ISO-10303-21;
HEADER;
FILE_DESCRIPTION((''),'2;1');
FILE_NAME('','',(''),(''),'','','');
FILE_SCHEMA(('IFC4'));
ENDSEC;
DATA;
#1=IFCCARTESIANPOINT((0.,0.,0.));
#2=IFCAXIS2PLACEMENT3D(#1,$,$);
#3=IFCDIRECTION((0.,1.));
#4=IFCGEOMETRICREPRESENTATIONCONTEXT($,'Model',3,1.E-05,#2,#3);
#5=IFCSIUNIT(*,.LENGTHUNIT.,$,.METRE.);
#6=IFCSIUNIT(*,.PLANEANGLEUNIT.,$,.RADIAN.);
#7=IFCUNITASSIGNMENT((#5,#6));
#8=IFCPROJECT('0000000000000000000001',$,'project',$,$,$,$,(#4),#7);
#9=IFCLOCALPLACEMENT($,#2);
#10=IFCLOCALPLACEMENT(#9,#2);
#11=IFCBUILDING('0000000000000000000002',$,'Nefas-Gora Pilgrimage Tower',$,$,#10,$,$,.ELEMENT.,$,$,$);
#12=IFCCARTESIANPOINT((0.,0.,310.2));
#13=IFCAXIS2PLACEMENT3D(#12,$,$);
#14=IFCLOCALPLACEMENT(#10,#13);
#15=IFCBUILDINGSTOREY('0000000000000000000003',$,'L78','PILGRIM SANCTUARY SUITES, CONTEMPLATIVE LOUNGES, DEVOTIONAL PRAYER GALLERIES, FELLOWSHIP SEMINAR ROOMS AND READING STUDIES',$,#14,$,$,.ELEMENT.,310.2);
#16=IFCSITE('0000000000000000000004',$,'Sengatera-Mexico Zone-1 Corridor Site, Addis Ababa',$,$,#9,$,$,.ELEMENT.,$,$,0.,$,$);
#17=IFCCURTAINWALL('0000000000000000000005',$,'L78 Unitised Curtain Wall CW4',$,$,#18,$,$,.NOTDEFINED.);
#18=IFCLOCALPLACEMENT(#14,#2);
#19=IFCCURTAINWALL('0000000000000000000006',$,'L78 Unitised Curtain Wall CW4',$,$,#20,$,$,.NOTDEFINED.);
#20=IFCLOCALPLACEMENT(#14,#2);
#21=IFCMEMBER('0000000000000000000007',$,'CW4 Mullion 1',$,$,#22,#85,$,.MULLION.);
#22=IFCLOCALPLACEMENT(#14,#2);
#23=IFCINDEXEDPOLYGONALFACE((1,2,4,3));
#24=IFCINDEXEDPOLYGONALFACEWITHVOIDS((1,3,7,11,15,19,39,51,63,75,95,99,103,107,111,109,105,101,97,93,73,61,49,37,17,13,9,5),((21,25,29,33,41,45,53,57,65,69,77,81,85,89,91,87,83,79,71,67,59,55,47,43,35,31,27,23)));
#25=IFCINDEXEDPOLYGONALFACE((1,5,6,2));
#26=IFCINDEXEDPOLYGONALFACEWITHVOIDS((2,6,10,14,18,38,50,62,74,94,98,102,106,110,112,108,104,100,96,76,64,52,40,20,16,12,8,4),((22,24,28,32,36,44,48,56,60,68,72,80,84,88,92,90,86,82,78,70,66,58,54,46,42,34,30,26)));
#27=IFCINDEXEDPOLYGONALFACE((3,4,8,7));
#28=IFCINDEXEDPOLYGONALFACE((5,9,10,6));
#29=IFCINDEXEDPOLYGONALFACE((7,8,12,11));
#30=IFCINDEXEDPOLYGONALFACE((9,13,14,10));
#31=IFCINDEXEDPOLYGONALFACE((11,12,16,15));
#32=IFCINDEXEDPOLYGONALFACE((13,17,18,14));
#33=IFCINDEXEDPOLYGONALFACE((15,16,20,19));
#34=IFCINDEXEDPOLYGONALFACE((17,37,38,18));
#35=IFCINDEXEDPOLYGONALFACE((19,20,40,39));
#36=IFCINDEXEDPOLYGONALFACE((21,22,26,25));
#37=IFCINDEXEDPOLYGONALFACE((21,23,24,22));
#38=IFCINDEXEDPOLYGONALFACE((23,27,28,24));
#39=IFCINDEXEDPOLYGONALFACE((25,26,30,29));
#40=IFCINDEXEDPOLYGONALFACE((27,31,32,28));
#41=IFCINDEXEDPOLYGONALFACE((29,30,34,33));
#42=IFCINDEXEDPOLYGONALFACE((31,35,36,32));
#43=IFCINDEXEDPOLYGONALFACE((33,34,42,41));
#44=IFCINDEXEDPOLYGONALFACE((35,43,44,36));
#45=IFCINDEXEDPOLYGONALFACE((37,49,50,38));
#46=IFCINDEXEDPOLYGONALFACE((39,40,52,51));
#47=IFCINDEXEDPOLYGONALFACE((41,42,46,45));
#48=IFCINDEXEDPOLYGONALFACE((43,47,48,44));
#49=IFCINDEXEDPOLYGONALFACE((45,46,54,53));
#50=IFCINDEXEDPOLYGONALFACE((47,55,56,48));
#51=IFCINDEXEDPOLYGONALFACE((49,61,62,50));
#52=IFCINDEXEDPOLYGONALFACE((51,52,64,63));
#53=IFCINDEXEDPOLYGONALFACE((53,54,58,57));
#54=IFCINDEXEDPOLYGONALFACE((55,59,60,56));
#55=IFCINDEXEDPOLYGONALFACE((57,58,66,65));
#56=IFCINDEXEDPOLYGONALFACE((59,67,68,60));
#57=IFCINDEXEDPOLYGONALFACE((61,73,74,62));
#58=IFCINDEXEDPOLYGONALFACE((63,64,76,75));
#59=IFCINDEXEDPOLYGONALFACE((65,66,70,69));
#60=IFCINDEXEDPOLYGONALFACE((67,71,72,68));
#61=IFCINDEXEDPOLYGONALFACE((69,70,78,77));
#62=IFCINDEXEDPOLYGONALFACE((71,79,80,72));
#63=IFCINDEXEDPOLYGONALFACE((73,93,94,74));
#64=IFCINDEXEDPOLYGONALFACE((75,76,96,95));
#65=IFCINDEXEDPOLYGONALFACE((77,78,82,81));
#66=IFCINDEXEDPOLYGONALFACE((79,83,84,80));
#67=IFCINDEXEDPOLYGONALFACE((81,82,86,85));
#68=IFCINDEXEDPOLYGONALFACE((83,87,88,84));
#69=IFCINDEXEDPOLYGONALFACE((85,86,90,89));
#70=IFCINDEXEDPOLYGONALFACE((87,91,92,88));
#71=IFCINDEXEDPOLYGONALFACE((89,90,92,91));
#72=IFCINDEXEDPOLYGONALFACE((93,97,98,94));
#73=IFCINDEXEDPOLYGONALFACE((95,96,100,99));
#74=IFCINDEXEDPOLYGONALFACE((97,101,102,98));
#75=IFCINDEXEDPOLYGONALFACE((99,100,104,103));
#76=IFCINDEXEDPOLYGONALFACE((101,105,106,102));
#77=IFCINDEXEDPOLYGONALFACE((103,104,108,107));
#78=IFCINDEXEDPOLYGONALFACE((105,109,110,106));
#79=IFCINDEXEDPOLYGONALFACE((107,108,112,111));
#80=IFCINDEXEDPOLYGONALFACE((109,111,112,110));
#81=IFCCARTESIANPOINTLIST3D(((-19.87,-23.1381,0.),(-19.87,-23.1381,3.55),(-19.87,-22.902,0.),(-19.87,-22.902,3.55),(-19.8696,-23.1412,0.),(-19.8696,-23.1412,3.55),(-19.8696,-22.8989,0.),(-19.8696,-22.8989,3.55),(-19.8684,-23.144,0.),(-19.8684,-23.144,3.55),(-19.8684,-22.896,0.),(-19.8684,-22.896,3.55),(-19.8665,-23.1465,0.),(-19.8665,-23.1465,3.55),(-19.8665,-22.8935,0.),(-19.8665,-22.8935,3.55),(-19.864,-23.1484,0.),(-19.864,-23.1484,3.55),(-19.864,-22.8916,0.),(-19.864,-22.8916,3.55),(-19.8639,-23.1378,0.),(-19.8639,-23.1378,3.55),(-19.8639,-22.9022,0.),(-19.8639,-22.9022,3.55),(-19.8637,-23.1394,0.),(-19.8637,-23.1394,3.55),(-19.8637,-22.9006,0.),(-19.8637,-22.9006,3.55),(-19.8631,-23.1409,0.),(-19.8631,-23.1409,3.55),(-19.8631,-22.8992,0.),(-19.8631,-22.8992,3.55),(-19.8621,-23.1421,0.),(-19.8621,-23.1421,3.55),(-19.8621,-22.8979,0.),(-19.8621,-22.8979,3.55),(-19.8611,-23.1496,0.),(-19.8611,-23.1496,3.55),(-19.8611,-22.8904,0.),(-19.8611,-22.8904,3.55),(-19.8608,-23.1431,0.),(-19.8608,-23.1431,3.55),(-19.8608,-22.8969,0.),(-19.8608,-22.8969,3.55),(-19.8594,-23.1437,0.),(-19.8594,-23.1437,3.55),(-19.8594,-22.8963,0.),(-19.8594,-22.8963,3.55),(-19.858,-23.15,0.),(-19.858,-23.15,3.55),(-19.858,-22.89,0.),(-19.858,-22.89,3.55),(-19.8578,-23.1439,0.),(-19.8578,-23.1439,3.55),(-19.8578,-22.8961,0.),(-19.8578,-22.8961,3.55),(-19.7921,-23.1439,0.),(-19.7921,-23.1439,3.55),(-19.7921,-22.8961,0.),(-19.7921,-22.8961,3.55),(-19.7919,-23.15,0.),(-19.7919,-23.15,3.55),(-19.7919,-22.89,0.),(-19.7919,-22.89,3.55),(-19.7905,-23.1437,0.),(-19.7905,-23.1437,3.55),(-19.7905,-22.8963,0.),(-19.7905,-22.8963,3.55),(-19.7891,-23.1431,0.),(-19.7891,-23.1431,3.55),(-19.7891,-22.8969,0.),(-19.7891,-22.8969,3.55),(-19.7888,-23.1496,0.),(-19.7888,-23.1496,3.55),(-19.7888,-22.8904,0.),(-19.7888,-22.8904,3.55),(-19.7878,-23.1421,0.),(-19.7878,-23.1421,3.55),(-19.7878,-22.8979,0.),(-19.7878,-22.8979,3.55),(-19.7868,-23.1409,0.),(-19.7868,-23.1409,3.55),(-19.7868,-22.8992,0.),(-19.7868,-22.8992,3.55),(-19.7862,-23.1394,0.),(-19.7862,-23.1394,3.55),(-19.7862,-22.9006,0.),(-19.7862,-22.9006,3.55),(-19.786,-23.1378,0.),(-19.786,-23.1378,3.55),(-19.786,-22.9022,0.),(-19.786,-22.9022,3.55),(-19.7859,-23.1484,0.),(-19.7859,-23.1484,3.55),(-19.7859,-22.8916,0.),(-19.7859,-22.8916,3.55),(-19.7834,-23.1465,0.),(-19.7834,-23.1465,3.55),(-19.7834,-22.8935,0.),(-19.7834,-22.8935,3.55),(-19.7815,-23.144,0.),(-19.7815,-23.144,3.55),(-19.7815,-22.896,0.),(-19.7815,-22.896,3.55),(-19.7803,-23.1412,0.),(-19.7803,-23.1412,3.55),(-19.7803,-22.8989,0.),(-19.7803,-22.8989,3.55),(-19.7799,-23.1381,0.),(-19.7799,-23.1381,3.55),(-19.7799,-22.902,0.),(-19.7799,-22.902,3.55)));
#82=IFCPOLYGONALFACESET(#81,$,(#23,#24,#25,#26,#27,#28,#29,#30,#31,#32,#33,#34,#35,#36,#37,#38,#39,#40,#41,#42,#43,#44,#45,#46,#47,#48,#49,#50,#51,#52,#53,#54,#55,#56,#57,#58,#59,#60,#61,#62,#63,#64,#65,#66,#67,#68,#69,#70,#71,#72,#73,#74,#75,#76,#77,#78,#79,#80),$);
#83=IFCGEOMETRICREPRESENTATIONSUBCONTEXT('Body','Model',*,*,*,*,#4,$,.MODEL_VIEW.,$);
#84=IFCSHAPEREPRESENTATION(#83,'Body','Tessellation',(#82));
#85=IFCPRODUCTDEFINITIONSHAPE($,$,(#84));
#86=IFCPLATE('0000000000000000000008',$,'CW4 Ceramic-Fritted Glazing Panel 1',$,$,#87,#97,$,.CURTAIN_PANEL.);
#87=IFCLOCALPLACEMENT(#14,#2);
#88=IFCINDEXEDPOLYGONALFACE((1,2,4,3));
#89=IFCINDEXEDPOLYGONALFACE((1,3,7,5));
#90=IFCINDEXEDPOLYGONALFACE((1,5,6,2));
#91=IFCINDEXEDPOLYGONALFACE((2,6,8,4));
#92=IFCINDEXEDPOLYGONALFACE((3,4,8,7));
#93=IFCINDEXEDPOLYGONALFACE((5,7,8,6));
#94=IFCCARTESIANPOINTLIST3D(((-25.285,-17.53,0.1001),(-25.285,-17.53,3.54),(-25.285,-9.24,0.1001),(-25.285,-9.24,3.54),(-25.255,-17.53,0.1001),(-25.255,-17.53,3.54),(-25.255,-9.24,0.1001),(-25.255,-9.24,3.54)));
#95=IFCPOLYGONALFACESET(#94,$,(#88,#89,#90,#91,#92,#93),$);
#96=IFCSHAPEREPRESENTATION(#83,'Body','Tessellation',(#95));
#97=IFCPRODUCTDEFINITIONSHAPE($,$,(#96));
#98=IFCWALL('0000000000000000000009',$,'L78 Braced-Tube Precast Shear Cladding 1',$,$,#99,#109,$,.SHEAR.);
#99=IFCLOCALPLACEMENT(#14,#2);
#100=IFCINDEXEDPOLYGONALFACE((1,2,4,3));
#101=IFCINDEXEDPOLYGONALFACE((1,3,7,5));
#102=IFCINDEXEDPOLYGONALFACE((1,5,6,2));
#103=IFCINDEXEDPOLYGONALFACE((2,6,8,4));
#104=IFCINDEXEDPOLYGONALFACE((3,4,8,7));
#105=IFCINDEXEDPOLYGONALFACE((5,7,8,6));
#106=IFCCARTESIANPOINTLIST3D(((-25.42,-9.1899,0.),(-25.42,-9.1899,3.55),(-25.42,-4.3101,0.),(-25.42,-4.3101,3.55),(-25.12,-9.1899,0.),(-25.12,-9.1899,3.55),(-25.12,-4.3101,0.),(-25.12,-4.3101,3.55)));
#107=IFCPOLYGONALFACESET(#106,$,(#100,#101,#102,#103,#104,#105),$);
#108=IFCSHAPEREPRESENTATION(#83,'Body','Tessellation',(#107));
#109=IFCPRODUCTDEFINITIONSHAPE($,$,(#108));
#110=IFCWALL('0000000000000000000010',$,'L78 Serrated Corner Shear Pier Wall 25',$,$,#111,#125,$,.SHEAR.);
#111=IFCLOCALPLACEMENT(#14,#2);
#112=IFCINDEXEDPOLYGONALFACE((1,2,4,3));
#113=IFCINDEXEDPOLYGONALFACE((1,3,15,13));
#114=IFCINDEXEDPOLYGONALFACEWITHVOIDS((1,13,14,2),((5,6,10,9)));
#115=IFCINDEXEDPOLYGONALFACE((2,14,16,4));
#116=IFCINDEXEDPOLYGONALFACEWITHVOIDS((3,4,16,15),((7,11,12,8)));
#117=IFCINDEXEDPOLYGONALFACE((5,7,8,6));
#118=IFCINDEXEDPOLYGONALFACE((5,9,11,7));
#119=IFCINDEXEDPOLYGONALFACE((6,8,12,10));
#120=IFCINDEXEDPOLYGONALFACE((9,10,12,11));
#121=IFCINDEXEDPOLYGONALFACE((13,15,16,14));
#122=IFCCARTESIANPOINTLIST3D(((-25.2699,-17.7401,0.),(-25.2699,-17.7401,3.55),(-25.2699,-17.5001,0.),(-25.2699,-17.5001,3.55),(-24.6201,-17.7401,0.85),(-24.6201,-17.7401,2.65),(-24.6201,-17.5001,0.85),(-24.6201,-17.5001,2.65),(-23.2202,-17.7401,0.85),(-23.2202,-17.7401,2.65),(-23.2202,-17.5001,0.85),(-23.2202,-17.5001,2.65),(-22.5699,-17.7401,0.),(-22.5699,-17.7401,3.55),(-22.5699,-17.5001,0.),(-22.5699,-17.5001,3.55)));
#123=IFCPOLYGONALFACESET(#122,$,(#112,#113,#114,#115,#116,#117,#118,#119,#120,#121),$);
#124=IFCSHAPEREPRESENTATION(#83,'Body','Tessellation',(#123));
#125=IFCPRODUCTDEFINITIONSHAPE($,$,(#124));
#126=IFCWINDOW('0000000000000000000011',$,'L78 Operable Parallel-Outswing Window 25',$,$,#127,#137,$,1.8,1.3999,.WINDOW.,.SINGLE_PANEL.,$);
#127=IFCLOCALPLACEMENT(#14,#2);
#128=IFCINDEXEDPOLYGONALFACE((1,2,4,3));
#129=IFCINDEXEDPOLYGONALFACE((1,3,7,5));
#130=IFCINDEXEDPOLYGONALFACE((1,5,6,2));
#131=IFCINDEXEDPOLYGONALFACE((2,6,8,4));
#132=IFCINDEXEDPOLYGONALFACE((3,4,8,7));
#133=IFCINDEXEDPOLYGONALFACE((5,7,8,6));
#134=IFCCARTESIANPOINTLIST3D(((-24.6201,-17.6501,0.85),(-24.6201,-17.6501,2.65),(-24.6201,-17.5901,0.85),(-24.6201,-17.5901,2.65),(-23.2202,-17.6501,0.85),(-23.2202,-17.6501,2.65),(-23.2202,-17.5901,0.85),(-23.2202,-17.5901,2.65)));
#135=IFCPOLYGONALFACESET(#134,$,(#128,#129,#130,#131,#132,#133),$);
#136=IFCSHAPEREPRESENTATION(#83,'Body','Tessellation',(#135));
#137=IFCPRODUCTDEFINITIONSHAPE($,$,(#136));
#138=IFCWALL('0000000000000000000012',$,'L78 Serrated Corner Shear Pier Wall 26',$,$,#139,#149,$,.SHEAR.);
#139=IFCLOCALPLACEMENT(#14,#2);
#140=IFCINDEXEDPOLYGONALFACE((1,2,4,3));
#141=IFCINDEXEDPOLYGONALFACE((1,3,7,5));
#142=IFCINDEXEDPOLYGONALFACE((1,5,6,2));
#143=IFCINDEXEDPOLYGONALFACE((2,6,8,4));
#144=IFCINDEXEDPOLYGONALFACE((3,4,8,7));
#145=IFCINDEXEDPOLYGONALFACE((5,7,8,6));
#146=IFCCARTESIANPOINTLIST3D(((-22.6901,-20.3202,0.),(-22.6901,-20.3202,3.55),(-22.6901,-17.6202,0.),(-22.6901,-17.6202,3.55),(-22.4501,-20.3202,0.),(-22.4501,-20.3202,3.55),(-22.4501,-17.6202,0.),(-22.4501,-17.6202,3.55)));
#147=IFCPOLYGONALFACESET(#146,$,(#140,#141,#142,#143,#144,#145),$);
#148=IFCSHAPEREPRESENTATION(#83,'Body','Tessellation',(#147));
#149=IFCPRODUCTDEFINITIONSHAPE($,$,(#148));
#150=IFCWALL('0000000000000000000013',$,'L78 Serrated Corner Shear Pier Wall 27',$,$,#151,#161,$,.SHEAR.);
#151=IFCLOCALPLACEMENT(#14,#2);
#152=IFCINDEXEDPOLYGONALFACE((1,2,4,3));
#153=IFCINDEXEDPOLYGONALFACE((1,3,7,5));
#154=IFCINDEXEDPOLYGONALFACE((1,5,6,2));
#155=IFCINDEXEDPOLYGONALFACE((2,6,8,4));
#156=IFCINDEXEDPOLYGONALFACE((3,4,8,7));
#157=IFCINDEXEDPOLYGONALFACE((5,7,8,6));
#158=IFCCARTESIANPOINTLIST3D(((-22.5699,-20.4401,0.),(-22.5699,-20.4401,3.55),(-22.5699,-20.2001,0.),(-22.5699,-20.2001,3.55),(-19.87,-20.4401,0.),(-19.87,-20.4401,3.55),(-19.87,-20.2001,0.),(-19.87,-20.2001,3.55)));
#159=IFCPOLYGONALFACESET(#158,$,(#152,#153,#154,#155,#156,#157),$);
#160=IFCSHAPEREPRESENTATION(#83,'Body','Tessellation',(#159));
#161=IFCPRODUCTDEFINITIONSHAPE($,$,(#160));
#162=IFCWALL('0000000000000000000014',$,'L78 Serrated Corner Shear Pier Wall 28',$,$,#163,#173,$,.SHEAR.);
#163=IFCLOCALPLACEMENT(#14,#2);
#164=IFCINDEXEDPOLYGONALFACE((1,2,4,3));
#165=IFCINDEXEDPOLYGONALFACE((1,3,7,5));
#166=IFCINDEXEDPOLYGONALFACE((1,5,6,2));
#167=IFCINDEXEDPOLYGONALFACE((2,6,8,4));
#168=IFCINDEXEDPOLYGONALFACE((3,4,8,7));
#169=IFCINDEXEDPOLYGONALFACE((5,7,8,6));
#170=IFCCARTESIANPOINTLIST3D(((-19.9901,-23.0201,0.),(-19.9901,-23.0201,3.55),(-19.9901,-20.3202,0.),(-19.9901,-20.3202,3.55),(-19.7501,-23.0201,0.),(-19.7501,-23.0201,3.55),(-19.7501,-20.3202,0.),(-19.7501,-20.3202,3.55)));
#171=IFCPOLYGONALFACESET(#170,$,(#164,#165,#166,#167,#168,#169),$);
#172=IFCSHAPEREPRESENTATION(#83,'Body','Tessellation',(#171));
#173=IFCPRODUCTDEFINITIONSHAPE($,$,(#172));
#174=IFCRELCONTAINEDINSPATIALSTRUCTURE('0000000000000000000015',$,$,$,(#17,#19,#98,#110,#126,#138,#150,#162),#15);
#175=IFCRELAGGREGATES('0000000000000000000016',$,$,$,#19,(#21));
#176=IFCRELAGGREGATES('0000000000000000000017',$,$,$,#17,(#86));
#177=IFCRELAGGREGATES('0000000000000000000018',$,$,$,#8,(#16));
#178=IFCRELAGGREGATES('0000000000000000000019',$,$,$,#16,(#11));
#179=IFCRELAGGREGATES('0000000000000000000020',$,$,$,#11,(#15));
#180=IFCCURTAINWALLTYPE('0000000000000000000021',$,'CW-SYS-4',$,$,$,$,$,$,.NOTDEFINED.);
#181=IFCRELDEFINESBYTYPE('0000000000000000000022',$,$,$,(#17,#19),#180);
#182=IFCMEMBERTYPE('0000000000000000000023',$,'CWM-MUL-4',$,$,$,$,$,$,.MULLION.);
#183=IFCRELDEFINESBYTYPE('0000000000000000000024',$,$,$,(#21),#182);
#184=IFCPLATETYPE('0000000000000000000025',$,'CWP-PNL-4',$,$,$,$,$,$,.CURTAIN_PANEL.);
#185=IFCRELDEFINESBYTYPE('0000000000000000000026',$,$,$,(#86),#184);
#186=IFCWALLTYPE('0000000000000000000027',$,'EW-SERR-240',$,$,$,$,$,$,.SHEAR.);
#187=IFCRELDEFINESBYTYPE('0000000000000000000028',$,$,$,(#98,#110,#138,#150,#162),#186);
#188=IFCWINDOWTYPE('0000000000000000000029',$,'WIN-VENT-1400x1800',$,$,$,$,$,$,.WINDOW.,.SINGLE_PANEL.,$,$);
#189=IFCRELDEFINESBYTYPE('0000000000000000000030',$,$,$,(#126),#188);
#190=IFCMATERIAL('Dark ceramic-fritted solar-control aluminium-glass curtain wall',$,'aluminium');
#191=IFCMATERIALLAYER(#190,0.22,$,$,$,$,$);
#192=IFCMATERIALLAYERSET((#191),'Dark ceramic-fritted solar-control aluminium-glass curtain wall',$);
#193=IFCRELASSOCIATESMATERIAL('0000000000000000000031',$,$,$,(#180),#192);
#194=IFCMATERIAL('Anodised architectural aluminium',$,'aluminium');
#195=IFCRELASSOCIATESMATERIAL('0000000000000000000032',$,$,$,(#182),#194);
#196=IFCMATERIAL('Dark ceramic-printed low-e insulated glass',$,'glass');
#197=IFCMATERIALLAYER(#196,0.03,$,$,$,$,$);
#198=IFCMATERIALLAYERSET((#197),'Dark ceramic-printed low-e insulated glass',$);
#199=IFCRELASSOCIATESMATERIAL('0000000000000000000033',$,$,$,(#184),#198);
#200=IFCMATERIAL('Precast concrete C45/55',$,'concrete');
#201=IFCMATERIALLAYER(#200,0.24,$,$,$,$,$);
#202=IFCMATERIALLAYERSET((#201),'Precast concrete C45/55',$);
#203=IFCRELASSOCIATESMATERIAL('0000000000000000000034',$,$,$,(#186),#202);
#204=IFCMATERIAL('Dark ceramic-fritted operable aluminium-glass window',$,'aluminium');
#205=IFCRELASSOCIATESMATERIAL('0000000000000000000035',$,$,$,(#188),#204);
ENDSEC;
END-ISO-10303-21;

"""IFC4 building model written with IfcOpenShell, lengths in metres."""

from ifc_helpers import new_model, si_unit, direction, frame, frame_2d, origin, origin_2d, place, context, subcontext, project, spatial, rectangle, hollow_rectangle, extrude, source, transform, mapped, material, layer, layer_set, material_profile, profile_set, type_object, element, fill, aggregate, save


model = new_model("IFC4")

# Units and contexts
model_context = context("Model", 3, precision=1e-05, world=origin(), true_north=direction((0.0, 1.0)))
body_context = subcontext(model_context, "Body", "Model", "MODEL_VIEW")
ifc_project = project(units=[si_unit("LENGTHUNIT", "METRE"), si_unit("PLANEANGLEUNIT", "RADIAN")], contexts=[model_context])

# Site, building, storey
site_placement = place(None, origin())
site = spatial("IfcSite", under=ifc_project, at=site_placement, Name="Sengatera-Mexico Zone-1 Corridor Site, Addis Ababa", CompositionType="ELEMENT", RefElevation=0.0)
building_placement = place(site_placement, origin())
building = spatial("IfcBuilding", under=site, at=building_placement, Name="Nefas-Gora Pilgrimage Tower", CompositionType="ELEMENT")
storey_placement = place(building_placement, frame((0.0, 0.0, 310.2)))
storey = spatial("IfcBuildingStorey", under=building, at=storey_placement, Name="L78", Description="PILGRIM SANCTUARY SUITES, CONTEMPLATIVE LOUNGES, DEVOTIONAL PRAYER GALLERIES, FELLOWSHIP SEMINAR ROOMS AND READING STUDIES", CompositionType="ELEMENT", Elevation=310.2)

# Curtain walls
ifc_material_1 = material(Name="Dark ceramic-fritted solar-control aluminium-glass curtain wall", Category="aluminium")
ifc_layer_1 = layer(ifc_material_1, 0.22)
ifc_layer_set_1 = layer_set([ifc_layer_1], Name="Dark ceramic-fritted solar-control aluminium-glass curtain wall")
curtain_wall_type = type_object("IfcCurtainWallType", Name="CW-SYS-4", PredefinedType="NOTDEFINED", material=ifc_layer_set_1)
curtain_wall_1_placement = place(storey_placement, origin())
curtain_wall_1 = element("IfcCurtainWall", 1, at=curtain_wall_1_placement, inside=storey, type_object=curtain_wall_type, Name="L78 Unitised Curtain Wall CW4", PredefinedType="NOTDEFINED")
ifc_material_2 = material(Name="Anodised architectural aluminium", Category="aluminium")
curtain_wall_2_placement = place(storey_placement, origin())
curtain_wall_2 = element("IfcCurtainWall", 2, at=curtain_wall_2_placement, inside=storey, type_object=curtain_wall_type, Name="L78 Unitised Curtain Wall CW4", PredefinedType="NOTDEFINED")

# Member
ifc_material_profile_1 = material_profile(ifc_material_2, hollow_rectangle(XDim=0.0901, YDim=0.26, WallThickness=0.0061, InnerFilletRadius=0.0061, OuterFilletRadius=0.012, at=origin_2d()), Name="ALU MULLION 90x260")
ifc_profile_set_1 = profile_set([ifc_material_profile_1], Name="Anodised architectural aluminium")
member_type_1 = type_object("IfcMemberType", Name="CWM-MUL-4", PredefinedType="MULLION", material=ifc_profile_set_1)
shared_shape_1 = source(origin(), body_context, "Body", "SweptSolid", [
    extrude(hollow_rectangle(XDim=0.0901, YDim=0.26, WallThickness=0.0061, InnerFilletRadius=0.0061, OuterFilletRadius=0.012, at=origin_2d()), origin(), (0.0, 0.0, 1.0), 3.55),
])
member_1_placement = place(storey_placement, frame((-19.825, -23.02, 0.0), z_axis=(0.0, 0.0, 1.0), x_axis=(1.0, 0.0, 0.0)))
member_1 = element("IfcMember", 3, at=member_1_placement, type_object=member_type_1, Name="CW4 Mullion 1", PredefinedType="MULLION", context=body_context, shape_type="MappedRepresentation", body=[
    mapped(shared_shape_1, transform((0.0, 0.0, 0.0), x_axis=(1.0, 0.0, 0.0), y_axis=(0.0, 1.0, 0.0), z_axis=(0.0, 0.0, 1.0), scale=1.0)),
])
aggregate(curtain_wall_2, [member_1])

# Plate
ifc_material_3 = material(Name="Dark ceramic-printed low-e insulated glass", Category="glass")
ifc_layer_2 = layer(ifc_material_3, 0.03)
ifc_layer_set_2 = layer_set([ifc_layer_2], Name="Dark ceramic-printed low-e insulated glass")
plate_type = type_object("IfcPlateType", Name="CWP-PNL-4", PredefinedType="CURTAIN_PANEL", material=ifc_layer_set_2)
shared_shape_2 = source(origin(), body_context, "Body", "SweptSolid", [
    extrude(rectangle(XDim=8.29, YDim=0.03, at=origin_2d()), origin(), (0.0, 0.0, 1.0), 3.4399),
])
plate_placement = place(storey_placement, frame((-25.27, -13.385, 0.1001), z_axis=(0.0, 0.0, 1.0), x_axis=(0.0, -1.0, 0.0)))
plate = element("IfcPlate", 4, at=plate_placement, type_object=plate_type, Name="CW4 Ceramic-Fritted Glazing Panel 1", PredefinedType="CURTAIN_PANEL", context=body_context, shape_type="MappedRepresentation", body=[
    mapped(shared_shape_2, transform((0.0, 0.0, 0.0), x_axis=(1.0, 0.0, 0.0), y_axis=(0.0, 1.0, 0.0), z_axis=(0.0, 0.0, 1.0), scale=1.0)),
])
aggregate(curtain_wall_1, [plate])

# Wall
ifc_material_4 = material(Name="Precast concrete C45/55", Category="concrete")
ifc_layer_3 = layer(ifc_material_4, 0.24)
ifc_layer_set_3 = layer_set([ifc_layer_3], Name="Precast concrete C45/55")
wall_type_1 = type_object("IfcWallType", Name="EW-SERR-240", PredefinedType="SHEAR", material=ifc_layer_set_3)
shared_shape_3 = source(origin(), body_context, "Body", "SweptSolid", [
    extrude(rectangle(XDim=4.8799, YDim=0.3, at=frame_2d((2.4399, 0.0))), origin(), (0.0, 0.0, 1.0), 3.55),
])
wall_1_placement = place(storey_placement, frame((-25.27, -9.1899, 0.0), z_axis=(0.0, 0.0, 1.0), x_axis=(0.0, 1.0, 0.0)))
element("IfcWall", 5, at=wall_1_placement, inside=storey, type_object=wall_type_1, Name="L78 Braced-Tube Precast Shear Cladding 1", PredefinedType="SHEAR", context=body_context, shape_type="MappedRepresentation", body=[
    mapped(shared_shape_3, transform((0.0, 0.0, 0.0), x_axis=(1.0, 0.0, 0.0), y_axis=(0.0, 1.0, 0.0), z_axis=(0.0, 0.0, 1.0), scale=1.0)),
])

# Wall, opening, window
shared_shape_4 = source(origin(), body_context, "Body", "SweptSolid", [
    extrude(rectangle(XDim=2.7, YDim=0.24, at=frame_2d((1.3501, 0.0))), origin(), (0.0, 0.0, 1.0), 3.55),
])
wall_2_placement = place(storey_placement, frame((-25.27, -17.6201, 0.0), z_axis=(0.0, 0.0, 1.0), x_axis=(1.0, 0.0, 0.0)))
wall_2 = element("IfcWall", 6, at=wall_2_placement, inside=storey, type_object=wall_type_1, Name="L78 Serrated Corner Shear Pier Wall 25", PredefinedType="SHEAR", context=body_context, shape_type="MappedRepresentation", body=[
    mapped(shared_shape_4, transform((0.0, 0.0, 0.0), x_axis=(1.0, 0.0, 0.0), y_axis=(0.0, 1.0, 0.0), z_axis=(0.0, 0.0, 1.0), scale=1.0)),
])
opening_1_placement = place(wall_2_placement, frame((0.6499, 0.0, 0.8501)))
opening_1 = element("IfcOpeningElement", 7, at=opening_1_placement, cuts=wall_2, PredefinedType="OPENING", context=body_context, shape_type="SweptSolid", body=[
    extrude(rectangle(XDim=1.3999, YDim=1.8, at=frame_2d((0.7, 0.8999))), frame((0.0, 0.1299, 0.0), z_axis=(0.0, -1.0, 0.0), x_axis=(1.0, 0.0, 0.0)), (0.0, 0.0, 1.0), 0.26),
])
ifc_material_5 = material(Name="Dark ceramic-fritted operable aluminium-glass window", Category="aluminium")
window_type = type_object("IfcWindowType", Name="WIN-VENT-1400x1800", PartitioningType="SINGLE_PANEL", PredefinedType="WINDOW", material=ifc_material_5)
shared_shape_5 = source(origin(), body_context, "Body", "SweptSolid", [
    extrude(rectangle(XDim=1.3999, YDim=1.8, at=frame_2d((0.7, 0.8999))), frame((0.0, 0.03, 0.0), z_axis=(0.0, -1.0, 0.0), x_axis=(1.0, 0.0, 0.0)), (0.0, 0.0, 1.0), 0.0601),
])
window_placement = place(opening_1_placement, origin())
window = element("IfcWindow", 8, at=window_placement, inside=storey, type_object=window_type, Name="L78 Operable Parallel-Outswing Window 25", OverallHeight=1.8, OverallWidth=1.3999, PartitioningType="SINGLE_PANEL", PredefinedType="WINDOW", context=body_context, shape_type="MappedRepresentation", body=[
    mapped(shared_shape_5, transform((0.0, 0.0, 0.0), x_axis=(1.0, 0.0, 0.0), y_axis=(0.0, 1.0, 0.0), z_axis=(0.0, 0.0, 1.0), scale=1.0)),
])
fill(opening_1, window)

# Walls
for number, where, z_axis, x_axis, name in (
    (9, (-22.5701, -17.6201, 0.0), (0.0, 0.0, 1.0), (0.0, -1.0, 0.0), "L78 Serrated Corner Shear Pier Wall 26"),
    (10, (-22.5701, -20.3201, 0.0), (0.0, 0.0, 1.0), (1.0, 0.0, 0.0), "L78 Serrated Corner Shear Pier Wall 27"),
    (11, (-19.8701, -20.3201, 0.0), (0.0, 0.0, 1.0), (0.0, -1.0, 0.0), "L78 Serrated Corner Shear Pier Wall 28"),
):
    element("IfcWall", number, at=place(storey_placement, frame(where, z_axis=z_axis, x_axis=x_axis)), inside=storey, type_object=wall_type_1, Name=name, PredefinedType="SHEAR", context=body_context, shape_type="MappedRepresentation", body=[
        mapped(shared_shape_4, transform((0.0, 0.0, 0.0), x_axis=(1.0, 0.0, 0.0), y_axis=(0.0, 1.0, 0.0), z_axis=(0.0, 0.0, 1.0), scale=1.0)),
    ])

save(model, "model.ifc")
